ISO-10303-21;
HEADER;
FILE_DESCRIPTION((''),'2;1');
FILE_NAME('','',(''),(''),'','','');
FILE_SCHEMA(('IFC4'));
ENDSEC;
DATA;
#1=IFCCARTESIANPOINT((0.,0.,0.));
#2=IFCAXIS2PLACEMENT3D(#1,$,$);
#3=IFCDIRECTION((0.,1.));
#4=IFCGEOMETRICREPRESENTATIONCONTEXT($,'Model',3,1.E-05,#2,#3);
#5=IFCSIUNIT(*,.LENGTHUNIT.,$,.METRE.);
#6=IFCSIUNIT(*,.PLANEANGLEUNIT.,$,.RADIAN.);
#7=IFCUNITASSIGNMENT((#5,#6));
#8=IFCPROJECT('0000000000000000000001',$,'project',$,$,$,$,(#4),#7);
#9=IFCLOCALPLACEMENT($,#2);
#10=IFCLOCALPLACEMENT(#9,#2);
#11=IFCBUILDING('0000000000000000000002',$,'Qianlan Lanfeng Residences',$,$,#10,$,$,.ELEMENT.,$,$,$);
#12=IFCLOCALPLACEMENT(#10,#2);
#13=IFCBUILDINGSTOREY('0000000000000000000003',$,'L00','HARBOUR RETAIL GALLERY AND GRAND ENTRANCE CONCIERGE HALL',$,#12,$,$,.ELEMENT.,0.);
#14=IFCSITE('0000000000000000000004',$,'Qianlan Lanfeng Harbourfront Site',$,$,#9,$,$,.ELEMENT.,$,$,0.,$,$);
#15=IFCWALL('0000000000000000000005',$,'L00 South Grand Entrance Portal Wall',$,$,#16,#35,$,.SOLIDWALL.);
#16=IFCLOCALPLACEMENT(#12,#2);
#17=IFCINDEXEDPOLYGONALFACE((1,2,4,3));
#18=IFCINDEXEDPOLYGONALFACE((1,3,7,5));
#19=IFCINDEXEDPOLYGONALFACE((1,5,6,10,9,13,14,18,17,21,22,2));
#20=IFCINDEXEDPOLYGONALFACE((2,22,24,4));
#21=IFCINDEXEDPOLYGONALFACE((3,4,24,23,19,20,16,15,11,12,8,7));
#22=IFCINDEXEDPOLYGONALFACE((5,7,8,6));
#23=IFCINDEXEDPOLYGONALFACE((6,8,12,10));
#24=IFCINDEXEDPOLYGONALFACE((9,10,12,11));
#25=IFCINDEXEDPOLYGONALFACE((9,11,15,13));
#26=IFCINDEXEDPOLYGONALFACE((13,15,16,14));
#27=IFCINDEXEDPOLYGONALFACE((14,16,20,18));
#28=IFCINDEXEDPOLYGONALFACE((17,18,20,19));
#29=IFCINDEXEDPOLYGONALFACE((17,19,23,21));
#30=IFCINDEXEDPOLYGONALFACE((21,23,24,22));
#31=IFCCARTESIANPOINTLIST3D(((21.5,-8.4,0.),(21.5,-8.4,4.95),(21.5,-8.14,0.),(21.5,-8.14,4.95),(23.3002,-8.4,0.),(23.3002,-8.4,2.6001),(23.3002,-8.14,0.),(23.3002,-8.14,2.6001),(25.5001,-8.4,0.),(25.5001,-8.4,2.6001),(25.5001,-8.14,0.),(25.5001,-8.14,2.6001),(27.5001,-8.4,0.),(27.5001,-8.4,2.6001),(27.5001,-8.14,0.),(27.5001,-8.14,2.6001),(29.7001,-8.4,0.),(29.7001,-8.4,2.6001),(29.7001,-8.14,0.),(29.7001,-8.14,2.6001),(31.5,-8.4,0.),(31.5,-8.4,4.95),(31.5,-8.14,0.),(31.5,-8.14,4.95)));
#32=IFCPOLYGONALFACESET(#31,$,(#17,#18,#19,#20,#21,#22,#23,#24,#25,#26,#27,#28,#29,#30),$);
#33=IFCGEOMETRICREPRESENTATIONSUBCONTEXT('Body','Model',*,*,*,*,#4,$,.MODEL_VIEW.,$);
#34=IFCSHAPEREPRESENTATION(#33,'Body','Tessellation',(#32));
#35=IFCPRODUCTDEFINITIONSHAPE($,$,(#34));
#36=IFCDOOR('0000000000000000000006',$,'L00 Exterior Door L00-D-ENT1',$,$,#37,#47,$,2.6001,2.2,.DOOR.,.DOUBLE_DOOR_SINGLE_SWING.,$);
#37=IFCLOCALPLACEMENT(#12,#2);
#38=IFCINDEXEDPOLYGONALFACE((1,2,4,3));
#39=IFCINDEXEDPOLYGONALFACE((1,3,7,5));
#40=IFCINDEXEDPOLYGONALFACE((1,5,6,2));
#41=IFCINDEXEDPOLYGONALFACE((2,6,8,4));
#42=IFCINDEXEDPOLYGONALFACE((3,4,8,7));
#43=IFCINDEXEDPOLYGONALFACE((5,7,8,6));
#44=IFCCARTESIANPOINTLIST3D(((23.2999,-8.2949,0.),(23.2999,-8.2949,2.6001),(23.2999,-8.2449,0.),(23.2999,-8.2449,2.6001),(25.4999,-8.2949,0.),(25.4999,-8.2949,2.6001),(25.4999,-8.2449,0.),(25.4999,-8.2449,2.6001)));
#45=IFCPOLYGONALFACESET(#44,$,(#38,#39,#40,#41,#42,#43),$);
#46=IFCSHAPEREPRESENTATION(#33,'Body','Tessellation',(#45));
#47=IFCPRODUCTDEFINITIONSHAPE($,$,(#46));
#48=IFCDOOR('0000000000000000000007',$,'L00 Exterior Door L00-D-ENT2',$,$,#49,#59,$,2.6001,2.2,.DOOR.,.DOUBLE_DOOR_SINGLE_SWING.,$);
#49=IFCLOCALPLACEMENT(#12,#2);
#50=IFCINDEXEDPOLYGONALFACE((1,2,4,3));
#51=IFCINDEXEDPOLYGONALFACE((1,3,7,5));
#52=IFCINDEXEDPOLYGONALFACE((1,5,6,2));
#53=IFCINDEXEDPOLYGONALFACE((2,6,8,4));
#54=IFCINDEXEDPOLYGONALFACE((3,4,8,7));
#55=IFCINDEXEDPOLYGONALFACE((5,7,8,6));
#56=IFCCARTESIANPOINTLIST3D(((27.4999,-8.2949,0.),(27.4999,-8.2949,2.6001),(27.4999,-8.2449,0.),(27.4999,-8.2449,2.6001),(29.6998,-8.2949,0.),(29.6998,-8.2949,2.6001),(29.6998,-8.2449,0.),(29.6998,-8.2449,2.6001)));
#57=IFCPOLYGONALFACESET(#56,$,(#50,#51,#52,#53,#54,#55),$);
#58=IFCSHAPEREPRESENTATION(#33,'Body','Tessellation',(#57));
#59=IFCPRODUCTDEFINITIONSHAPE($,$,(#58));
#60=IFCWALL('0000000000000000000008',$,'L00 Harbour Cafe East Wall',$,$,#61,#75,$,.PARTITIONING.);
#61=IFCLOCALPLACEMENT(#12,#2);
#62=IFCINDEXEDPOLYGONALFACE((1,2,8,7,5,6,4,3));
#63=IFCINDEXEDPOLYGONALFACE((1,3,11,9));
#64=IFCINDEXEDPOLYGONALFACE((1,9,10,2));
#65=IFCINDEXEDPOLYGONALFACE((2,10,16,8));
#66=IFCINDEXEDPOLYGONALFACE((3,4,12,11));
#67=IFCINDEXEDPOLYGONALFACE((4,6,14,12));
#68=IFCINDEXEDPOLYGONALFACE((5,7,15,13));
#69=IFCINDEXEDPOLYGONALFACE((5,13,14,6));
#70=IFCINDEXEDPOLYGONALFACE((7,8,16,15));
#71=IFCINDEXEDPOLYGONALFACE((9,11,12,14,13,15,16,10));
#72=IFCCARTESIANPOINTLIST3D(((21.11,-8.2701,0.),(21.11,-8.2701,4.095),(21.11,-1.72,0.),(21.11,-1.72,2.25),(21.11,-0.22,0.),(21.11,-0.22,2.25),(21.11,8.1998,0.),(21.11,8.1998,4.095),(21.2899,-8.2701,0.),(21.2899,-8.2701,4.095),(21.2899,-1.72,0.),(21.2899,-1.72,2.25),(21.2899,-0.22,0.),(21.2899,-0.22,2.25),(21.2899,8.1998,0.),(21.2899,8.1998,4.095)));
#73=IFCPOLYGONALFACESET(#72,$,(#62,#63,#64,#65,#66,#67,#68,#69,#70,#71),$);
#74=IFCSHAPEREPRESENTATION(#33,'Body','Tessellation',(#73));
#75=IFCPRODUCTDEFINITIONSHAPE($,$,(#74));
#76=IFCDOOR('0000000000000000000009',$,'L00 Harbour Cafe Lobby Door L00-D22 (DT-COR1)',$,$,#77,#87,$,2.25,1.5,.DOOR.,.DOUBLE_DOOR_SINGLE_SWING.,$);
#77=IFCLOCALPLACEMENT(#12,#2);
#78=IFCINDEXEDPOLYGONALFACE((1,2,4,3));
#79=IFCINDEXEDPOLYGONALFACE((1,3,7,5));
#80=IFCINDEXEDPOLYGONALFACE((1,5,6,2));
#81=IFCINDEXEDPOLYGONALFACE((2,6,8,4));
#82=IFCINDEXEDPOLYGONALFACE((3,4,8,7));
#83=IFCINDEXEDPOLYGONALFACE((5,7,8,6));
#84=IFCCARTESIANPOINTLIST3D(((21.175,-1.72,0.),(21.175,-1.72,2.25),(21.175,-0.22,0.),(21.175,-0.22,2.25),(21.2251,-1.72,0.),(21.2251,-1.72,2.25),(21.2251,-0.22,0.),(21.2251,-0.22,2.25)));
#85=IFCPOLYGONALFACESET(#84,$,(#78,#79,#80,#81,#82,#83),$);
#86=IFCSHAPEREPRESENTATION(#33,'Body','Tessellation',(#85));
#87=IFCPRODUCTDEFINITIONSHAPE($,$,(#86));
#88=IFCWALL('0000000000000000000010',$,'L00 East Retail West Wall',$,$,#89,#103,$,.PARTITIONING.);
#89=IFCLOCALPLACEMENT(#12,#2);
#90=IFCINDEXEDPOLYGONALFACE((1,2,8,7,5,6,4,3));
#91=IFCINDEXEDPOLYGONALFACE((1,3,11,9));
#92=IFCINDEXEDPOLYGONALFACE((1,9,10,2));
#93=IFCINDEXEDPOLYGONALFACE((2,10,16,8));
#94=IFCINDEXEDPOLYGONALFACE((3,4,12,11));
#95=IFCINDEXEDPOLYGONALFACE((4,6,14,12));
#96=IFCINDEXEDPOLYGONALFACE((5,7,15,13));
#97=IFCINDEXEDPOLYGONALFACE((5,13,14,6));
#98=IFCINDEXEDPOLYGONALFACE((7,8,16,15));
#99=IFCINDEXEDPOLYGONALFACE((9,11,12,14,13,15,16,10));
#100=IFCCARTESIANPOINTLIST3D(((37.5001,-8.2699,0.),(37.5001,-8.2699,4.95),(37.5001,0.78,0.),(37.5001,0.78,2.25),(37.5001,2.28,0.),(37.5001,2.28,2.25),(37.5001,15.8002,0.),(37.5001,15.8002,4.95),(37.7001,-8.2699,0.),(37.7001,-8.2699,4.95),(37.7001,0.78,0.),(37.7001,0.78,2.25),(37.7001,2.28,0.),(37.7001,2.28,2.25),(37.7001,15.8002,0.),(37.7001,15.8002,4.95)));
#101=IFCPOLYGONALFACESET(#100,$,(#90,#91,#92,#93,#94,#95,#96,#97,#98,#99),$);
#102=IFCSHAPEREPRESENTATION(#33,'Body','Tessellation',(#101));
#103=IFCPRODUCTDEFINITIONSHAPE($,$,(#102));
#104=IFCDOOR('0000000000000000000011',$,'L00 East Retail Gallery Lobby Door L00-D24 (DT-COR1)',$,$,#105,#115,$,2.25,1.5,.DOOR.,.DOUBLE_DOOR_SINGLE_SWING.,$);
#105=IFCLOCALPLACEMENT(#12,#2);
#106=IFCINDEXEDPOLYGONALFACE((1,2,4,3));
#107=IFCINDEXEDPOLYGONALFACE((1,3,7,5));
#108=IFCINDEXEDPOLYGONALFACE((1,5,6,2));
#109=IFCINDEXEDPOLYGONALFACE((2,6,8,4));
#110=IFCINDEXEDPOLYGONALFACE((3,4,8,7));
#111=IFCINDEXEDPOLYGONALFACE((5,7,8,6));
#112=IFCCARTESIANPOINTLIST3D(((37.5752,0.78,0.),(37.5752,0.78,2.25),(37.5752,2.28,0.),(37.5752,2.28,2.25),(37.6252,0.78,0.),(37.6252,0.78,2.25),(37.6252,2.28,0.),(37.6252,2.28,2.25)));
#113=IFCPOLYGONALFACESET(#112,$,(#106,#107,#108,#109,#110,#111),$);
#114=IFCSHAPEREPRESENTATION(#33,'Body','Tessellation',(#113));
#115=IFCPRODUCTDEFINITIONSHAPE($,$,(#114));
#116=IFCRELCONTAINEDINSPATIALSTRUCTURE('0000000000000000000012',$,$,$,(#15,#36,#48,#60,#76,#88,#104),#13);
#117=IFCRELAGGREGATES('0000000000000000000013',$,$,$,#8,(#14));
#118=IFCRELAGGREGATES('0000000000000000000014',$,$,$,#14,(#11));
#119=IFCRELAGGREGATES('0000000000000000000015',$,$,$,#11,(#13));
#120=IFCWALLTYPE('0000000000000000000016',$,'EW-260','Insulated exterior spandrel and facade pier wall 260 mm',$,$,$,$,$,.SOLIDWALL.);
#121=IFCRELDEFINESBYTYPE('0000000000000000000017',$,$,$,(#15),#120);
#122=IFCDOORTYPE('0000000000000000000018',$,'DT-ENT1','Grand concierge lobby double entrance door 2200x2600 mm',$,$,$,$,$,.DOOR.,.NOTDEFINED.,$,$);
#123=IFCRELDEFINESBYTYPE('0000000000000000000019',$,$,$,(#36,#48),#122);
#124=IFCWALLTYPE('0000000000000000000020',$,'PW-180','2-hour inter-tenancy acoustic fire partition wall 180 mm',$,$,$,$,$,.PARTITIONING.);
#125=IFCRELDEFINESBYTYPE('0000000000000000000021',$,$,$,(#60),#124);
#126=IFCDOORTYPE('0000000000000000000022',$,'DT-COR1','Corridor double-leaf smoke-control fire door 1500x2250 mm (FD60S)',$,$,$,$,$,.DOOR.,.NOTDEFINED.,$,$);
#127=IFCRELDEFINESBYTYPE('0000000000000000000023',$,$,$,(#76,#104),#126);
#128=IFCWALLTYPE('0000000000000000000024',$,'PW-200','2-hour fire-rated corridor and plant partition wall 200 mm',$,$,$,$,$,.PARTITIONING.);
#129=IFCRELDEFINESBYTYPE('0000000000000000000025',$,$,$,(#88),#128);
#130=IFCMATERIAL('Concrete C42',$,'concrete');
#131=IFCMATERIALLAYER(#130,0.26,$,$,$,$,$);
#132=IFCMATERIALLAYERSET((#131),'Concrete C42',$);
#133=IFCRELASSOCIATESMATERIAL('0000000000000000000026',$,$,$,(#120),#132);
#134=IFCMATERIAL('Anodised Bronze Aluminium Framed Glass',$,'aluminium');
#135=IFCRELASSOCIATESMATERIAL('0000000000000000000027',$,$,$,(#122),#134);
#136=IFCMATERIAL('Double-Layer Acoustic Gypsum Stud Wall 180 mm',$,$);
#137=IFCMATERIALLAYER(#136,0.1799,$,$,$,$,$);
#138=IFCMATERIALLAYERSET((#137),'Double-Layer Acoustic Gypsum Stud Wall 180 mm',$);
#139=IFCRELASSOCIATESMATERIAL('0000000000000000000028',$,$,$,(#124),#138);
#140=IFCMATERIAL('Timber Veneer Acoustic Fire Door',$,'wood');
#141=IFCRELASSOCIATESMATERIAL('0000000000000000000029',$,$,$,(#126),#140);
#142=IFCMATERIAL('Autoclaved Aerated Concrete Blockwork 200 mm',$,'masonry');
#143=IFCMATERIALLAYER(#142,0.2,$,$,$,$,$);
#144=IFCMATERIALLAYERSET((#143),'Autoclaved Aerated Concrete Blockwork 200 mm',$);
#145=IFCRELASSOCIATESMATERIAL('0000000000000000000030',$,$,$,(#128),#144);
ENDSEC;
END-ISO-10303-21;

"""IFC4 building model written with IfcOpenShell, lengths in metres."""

from ifc_helpers import new_model, si_unit, direction, frame, frame_2d, origin, place, context, subcontext, project, spatial, rectangle, extrude, material, layer, layer_set, type_object, element, fill, save


model = new_model("IFC4")

# Units and contexts
model_context = context("Model", 3, precision=1e-05, world=origin(), true_north=direction((0.0, 1.0)))
body_context = subcontext(model_context, "Body", "Model", "MODEL_VIEW")
ifc_project = project(units=[si_unit("LENGTHUNIT", "METRE"), si_unit("PLANEANGLEUNIT", "RADIAN")], contexts=[model_context])

# Site, building, storey
site_placement = place(None, origin())
site = spatial("IfcSite", under=ifc_project, at=site_placement, Name="Qianlan Lanfeng Harbourfront Site", CompositionType="ELEMENT", RefElevation=0.0)
building_placement = place(site_placement, origin())
building = spatial("IfcBuilding", under=site, at=building_placement, Name="Qianlan Lanfeng Residences", CompositionType="ELEMENT")
storey_placement = place(building_placement, origin())
storey = spatial("IfcBuildingStorey", under=building, at=storey_placement, Name="L00", Description="HARBOUR RETAIL GALLERY AND GRAND ENTRANCE CONCIERGE HALL", CompositionType="ELEMENT", Elevation=0.0)

# Wall, openings, doors
ifc_material_1 = material(Name="Concrete C42", Category="concrete")
ifc_layer_1 = layer(ifc_material_1, 0.26)
ifc_layer_set_1 = layer_set([ifc_layer_1], Name="Concrete C42")
wall_type_1 = type_object("IfcWallType", Name="EW-260", Description="Insulated exterior spandrel and facade pier wall 260 mm", PredefinedType="SOLIDWALL", material=ifc_layer_set_1)
wall_1_placement = place(storey_placement, frame((21.5, -8.27, 0.0), z_axis=(0.0, 0.0, 1.0), x_axis=(1.0, 0.0, 0.0)))
wall_1 = element("IfcWall", 1, at=wall_1_placement, inside=storey, type_object=wall_type_1, Name="L00 South Grand Entrance Portal Wall", PredefinedType="SOLIDWALL", context=body_context, shape_type="SweptSolid", body=[
    extrude(rectangle(XDim=10.0, YDim=0.26, at=frame_2d((5.0, 0.0))), origin(), (0.0, 0.0, 1.0), 4.95),
])
opening_1_placement = place(wall_1_placement, frame((1.8, 0.0, 0.0)))
opening_1 = element("IfcOpeningElement", 2, at=opening_1_placement, cuts=wall_1, PredefinedType="OPENING", context=body_context, shape_type="SweptSolid", body=[
    extrude(rectangle(XDim=2.2, YDim=2.6001, at=frame_2d((1.1001, 1.3))), frame((0.0, 0.1401, 0.0), z_axis=(0.0, -1.0, 0.0), x_axis=(1.0, 0.0, 0.0)), (0.0, 0.0, 1.0), 0.28),
])
opening_2_placement = place(wall_1_placement, frame((6.0, 0.0, 0.0)))
opening_2 = element("IfcOpeningElement", 3, at=opening_2_placement, cuts=wall_1, PredefinedType="OPENING", context=body_context, shape_type="SweptSolid", body=[
    extrude(rectangle(XDim=2.2, YDim=2.6001, at=frame_2d((1.1001, 1.3))), frame((0.0, 0.1401, 0.0), z_axis=(0.0, -1.0, 0.0), x_axis=(1.0, 0.0, 0.0)), (0.0, 0.0, 1.0), 0.28),
])
ifc_material_2 = material(Name="Anodised Bronze Aluminium Framed Glass", Category="aluminium")
door_type_1 = type_object("IfcDoorType", Name="DT-ENT1", Description="Grand concierge lobby double entrance door 2200x2600 mm", OperationType="NOTDEFINED", PredefinedType="DOOR", material=ifc_material_2)
door_1_placement = place(opening_1_placement, frame((2.2, 0.0, 0.0), z_axis=(0.0, 0.0, 1.0), x_axis=(-1.0, 0.0, 0.0)))
door_1 = element("IfcDoor", 4, at=door_1_placement, inside=storey, type_object=door_type_1, Name="L00 Exterior Door L00-D-ENT1", OperationType="DOUBLE_DOOR_SINGLE_SWING", OverallHeight=2.6001, OverallWidth=2.2, PredefinedType="DOOR", context=body_context, shape_type="SweptSolid", body=[
    extrude(rectangle(XDim=2.2, YDim=2.6001, at=frame_2d((1.1001, 1.3))), frame((0.0, 0.0249, 0.0), z_axis=(0.0, -1.0, 0.0), x_axis=(1.0, 0.0, 0.0)), (0.0, 0.0, 1.0), 0.05),
])
fill(opening_1, door_1)
door_2_placement = place(opening_2_placement, frame((2.2, 0.0, 0.0), z_axis=(0.0, 0.0, 1.0), x_axis=(-1.0, 0.0, 0.0)))
door_2 = element("IfcDoor", 5, at=door_2_placement, inside=storey, type_object=door_type_1, Name="L00 Exterior Door L00-D-ENT2", OperationType="DOUBLE_DOOR_SINGLE_SWING", OverallHeight=2.6001, OverallWidth=2.2, PredefinedType="DOOR", context=body_context, shape_type="SweptSolid", body=[
    extrude(rectangle(XDim=2.2, YDim=2.6001, at=frame_2d((1.1001, 1.3))), frame((0.0, 0.0249, 0.0), z_axis=(0.0, -1.0, 0.0), x_axis=(1.0, 0.0, 0.0)), (0.0, 0.0, 1.0), 0.05),
])
fill(opening_2, door_2)

# Walls, openings, doors
ifc_material_3 = material(Name="Double-Layer Acoustic Gypsum Stud Wall 180 mm")
ifc_layer_2 = layer(ifc_material_3, 0.1799)
ifc_layer_set_2 = layer_set([ifc_layer_2], Name="Double-Layer Acoustic Gypsum Stud Wall 180 mm")
wall_type_2 = type_object("IfcWallType", Name="PW-180", Description="2-hour inter-tenancy acoustic fire partition wall 180 mm", PredefinedType="PARTITIONING", material=ifc_layer_set_2)
wall_2_placement = place(storey_placement, frame((21.2, -8.27, 0.0), z_axis=(0.0, 0.0, 1.0), x_axis=(0.0, 1.0, 0.0)))
wall_2 = element("IfcWall", 6, at=wall_2_placement, inside=storey, type_object=wall_type_2, Name="L00 Harbour Cafe East Wall", PredefinedType="PARTITIONING", context=body_context, shape_type="SweptSolid", body=[
    extrude(rectangle(XDim=16.47, YDim=0.1799, at=frame_2d((8.2349, 0.0))), origin(), (0.0, 0.0, 1.0), 4.095),
])
opening_3_placement = place(wall_2_placement, frame((6.55, 0.0, 0.0)))
opening_3 = element("IfcOpeningElement", 7, at=opening_3_placement, cuts=wall_2, PredefinedType="OPENING", context=body_context, shape_type="SweptSolid", body=[
    extrude(rectangle(XDim=1.5, YDim=2.25, at=frame_2d((0.75, 1.125))), frame((0.0, 0.1001, 0.0), z_axis=(0.0, -1.0, 0.0), x_axis=(1.0, 0.0, 0.0)), (0.0, 0.0, 1.0), 0.2),
])
ifc_material_4 = material(Name="Timber Veneer Acoustic Fire Door", Category="wood")
door_type_2 = type_object("IfcDoorType", Name="DT-COR1", Description="Corridor double-leaf smoke-control fire door 1500x2250 mm (FD60S)", OperationType="NOTDEFINED", PredefinedType="DOOR", material=ifc_material_4)
door_3_placement = place(opening_3_placement, origin())
door_3 = element("IfcDoor", 8, at=door_3_placement, inside=storey, type_object=door_type_2, Name="L00 Harbour Cafe Lobby Door L00-D22 (DT-COR1)", OperationType="DOUBLE_DOOR_SINGLE_SWING", OverallHeight=2.25, OverallWidth=1.5, PredefinedType="DOOR", context=body_context, shape_type="SweptSolid", body=[
    extrude(rectangle(XDim=1.5, YDim=2.25, at=frame_2d((0.75, 1.125))), frame((0.0, 0.0249, 0.0), z_axis=(0.0, -1.0, 0.0), x_axis=(1.0, 0.0, 0.0)), (0.0, 0.0, 1.0), 0.05),
])
fill(opening_3, door_3)
ifc_material_5 = material(Name="Autoclaved Aerated Concrete Blockwork 200 mm", Category="masonry")
ifc_layer_3 = layer(ifc_material_5, 0.2)
ifc_layer_set_3 = layer_set([ifc_layer_3], Name="Autoclaved Aerated Concrete Blockwork 200 mm")
wall_type_3 = type_object("IfcWallType", Name="PW-200", Description="2-hour fire-rated corridor and plant partition wall 200 mm", PredefinedType="PARTITIONING", material=ifc_layer_set_3)
wall_3_placement = place(storey_placement, frame((37.6001, -8.27, 0.0), z_axis=(0.0, 0.0, 1.0), x_axis=(0.0, 1.0, 0.0)))
wall_3 = element("IfcWall", 9, at=wall_3_placement, inside=storey, type_object=wall_type_3, Name="L00 East Retail West Wall", PredefinedType="PARTITIONING", context=body_context, shape_type="SweptSolid", body=[
    extrude(rectangle(XDim=24.0701, YDim=0.2, at=frame_2d((12.0352, 0.0))), origin(), (0.0, 0.0, 1.0), 4.95),
])
opening_4_placement = place(wall_3_placement, frame((9.05, 0.0, 0.0)))
opening_4 = element("IfcOpeningElement", 10, at=opening_4_placement, cuts=wall_3, PredefinedType="OPENING", context=body_context, shape_type="SweptSolid", body=[
    extrude(rectangle(XDim=1.5, YDim=2.25, at=frame_2d((0.75, 1.125))), frame((0.0, 0.1099, 0.0), z_axis=(0.0, -1.0, 0.0), x_axis=(1.0, 0.0, 0.0)), (0.0, 0.0, 1.0), 0.22),
])
door_4_placement = place(opening_4_placement, origin())
door_4 = element("IfcDoor", 11, at=door_4_placement, inside=storey, type_object=door_type_2, Name="L00 East Retail Gallery Lobby Door L00-D24 (DT-COR1)", OperationType="DOUBLE_DOOR_SINGLE_SWING", OverallHeight=2.25, OverallWidth=1.5, PredefinedType="DOOR", context=body_context, shape_type="SweptSolid", body=[
    extrude(rectangle(XDim=1.5, YDim=2.25, at=frame_2d((0.75, 1.125))), frame((0.0, 0.0249, 0.0), z_axis=(0.0, -1.0, 0.0), x_axis=(1.0, 0.0, 0.0)), (0.0, 0.0, 1.0), 0.05),
])
fill(opening_4, door_4)

save(model, "model.ifc")
